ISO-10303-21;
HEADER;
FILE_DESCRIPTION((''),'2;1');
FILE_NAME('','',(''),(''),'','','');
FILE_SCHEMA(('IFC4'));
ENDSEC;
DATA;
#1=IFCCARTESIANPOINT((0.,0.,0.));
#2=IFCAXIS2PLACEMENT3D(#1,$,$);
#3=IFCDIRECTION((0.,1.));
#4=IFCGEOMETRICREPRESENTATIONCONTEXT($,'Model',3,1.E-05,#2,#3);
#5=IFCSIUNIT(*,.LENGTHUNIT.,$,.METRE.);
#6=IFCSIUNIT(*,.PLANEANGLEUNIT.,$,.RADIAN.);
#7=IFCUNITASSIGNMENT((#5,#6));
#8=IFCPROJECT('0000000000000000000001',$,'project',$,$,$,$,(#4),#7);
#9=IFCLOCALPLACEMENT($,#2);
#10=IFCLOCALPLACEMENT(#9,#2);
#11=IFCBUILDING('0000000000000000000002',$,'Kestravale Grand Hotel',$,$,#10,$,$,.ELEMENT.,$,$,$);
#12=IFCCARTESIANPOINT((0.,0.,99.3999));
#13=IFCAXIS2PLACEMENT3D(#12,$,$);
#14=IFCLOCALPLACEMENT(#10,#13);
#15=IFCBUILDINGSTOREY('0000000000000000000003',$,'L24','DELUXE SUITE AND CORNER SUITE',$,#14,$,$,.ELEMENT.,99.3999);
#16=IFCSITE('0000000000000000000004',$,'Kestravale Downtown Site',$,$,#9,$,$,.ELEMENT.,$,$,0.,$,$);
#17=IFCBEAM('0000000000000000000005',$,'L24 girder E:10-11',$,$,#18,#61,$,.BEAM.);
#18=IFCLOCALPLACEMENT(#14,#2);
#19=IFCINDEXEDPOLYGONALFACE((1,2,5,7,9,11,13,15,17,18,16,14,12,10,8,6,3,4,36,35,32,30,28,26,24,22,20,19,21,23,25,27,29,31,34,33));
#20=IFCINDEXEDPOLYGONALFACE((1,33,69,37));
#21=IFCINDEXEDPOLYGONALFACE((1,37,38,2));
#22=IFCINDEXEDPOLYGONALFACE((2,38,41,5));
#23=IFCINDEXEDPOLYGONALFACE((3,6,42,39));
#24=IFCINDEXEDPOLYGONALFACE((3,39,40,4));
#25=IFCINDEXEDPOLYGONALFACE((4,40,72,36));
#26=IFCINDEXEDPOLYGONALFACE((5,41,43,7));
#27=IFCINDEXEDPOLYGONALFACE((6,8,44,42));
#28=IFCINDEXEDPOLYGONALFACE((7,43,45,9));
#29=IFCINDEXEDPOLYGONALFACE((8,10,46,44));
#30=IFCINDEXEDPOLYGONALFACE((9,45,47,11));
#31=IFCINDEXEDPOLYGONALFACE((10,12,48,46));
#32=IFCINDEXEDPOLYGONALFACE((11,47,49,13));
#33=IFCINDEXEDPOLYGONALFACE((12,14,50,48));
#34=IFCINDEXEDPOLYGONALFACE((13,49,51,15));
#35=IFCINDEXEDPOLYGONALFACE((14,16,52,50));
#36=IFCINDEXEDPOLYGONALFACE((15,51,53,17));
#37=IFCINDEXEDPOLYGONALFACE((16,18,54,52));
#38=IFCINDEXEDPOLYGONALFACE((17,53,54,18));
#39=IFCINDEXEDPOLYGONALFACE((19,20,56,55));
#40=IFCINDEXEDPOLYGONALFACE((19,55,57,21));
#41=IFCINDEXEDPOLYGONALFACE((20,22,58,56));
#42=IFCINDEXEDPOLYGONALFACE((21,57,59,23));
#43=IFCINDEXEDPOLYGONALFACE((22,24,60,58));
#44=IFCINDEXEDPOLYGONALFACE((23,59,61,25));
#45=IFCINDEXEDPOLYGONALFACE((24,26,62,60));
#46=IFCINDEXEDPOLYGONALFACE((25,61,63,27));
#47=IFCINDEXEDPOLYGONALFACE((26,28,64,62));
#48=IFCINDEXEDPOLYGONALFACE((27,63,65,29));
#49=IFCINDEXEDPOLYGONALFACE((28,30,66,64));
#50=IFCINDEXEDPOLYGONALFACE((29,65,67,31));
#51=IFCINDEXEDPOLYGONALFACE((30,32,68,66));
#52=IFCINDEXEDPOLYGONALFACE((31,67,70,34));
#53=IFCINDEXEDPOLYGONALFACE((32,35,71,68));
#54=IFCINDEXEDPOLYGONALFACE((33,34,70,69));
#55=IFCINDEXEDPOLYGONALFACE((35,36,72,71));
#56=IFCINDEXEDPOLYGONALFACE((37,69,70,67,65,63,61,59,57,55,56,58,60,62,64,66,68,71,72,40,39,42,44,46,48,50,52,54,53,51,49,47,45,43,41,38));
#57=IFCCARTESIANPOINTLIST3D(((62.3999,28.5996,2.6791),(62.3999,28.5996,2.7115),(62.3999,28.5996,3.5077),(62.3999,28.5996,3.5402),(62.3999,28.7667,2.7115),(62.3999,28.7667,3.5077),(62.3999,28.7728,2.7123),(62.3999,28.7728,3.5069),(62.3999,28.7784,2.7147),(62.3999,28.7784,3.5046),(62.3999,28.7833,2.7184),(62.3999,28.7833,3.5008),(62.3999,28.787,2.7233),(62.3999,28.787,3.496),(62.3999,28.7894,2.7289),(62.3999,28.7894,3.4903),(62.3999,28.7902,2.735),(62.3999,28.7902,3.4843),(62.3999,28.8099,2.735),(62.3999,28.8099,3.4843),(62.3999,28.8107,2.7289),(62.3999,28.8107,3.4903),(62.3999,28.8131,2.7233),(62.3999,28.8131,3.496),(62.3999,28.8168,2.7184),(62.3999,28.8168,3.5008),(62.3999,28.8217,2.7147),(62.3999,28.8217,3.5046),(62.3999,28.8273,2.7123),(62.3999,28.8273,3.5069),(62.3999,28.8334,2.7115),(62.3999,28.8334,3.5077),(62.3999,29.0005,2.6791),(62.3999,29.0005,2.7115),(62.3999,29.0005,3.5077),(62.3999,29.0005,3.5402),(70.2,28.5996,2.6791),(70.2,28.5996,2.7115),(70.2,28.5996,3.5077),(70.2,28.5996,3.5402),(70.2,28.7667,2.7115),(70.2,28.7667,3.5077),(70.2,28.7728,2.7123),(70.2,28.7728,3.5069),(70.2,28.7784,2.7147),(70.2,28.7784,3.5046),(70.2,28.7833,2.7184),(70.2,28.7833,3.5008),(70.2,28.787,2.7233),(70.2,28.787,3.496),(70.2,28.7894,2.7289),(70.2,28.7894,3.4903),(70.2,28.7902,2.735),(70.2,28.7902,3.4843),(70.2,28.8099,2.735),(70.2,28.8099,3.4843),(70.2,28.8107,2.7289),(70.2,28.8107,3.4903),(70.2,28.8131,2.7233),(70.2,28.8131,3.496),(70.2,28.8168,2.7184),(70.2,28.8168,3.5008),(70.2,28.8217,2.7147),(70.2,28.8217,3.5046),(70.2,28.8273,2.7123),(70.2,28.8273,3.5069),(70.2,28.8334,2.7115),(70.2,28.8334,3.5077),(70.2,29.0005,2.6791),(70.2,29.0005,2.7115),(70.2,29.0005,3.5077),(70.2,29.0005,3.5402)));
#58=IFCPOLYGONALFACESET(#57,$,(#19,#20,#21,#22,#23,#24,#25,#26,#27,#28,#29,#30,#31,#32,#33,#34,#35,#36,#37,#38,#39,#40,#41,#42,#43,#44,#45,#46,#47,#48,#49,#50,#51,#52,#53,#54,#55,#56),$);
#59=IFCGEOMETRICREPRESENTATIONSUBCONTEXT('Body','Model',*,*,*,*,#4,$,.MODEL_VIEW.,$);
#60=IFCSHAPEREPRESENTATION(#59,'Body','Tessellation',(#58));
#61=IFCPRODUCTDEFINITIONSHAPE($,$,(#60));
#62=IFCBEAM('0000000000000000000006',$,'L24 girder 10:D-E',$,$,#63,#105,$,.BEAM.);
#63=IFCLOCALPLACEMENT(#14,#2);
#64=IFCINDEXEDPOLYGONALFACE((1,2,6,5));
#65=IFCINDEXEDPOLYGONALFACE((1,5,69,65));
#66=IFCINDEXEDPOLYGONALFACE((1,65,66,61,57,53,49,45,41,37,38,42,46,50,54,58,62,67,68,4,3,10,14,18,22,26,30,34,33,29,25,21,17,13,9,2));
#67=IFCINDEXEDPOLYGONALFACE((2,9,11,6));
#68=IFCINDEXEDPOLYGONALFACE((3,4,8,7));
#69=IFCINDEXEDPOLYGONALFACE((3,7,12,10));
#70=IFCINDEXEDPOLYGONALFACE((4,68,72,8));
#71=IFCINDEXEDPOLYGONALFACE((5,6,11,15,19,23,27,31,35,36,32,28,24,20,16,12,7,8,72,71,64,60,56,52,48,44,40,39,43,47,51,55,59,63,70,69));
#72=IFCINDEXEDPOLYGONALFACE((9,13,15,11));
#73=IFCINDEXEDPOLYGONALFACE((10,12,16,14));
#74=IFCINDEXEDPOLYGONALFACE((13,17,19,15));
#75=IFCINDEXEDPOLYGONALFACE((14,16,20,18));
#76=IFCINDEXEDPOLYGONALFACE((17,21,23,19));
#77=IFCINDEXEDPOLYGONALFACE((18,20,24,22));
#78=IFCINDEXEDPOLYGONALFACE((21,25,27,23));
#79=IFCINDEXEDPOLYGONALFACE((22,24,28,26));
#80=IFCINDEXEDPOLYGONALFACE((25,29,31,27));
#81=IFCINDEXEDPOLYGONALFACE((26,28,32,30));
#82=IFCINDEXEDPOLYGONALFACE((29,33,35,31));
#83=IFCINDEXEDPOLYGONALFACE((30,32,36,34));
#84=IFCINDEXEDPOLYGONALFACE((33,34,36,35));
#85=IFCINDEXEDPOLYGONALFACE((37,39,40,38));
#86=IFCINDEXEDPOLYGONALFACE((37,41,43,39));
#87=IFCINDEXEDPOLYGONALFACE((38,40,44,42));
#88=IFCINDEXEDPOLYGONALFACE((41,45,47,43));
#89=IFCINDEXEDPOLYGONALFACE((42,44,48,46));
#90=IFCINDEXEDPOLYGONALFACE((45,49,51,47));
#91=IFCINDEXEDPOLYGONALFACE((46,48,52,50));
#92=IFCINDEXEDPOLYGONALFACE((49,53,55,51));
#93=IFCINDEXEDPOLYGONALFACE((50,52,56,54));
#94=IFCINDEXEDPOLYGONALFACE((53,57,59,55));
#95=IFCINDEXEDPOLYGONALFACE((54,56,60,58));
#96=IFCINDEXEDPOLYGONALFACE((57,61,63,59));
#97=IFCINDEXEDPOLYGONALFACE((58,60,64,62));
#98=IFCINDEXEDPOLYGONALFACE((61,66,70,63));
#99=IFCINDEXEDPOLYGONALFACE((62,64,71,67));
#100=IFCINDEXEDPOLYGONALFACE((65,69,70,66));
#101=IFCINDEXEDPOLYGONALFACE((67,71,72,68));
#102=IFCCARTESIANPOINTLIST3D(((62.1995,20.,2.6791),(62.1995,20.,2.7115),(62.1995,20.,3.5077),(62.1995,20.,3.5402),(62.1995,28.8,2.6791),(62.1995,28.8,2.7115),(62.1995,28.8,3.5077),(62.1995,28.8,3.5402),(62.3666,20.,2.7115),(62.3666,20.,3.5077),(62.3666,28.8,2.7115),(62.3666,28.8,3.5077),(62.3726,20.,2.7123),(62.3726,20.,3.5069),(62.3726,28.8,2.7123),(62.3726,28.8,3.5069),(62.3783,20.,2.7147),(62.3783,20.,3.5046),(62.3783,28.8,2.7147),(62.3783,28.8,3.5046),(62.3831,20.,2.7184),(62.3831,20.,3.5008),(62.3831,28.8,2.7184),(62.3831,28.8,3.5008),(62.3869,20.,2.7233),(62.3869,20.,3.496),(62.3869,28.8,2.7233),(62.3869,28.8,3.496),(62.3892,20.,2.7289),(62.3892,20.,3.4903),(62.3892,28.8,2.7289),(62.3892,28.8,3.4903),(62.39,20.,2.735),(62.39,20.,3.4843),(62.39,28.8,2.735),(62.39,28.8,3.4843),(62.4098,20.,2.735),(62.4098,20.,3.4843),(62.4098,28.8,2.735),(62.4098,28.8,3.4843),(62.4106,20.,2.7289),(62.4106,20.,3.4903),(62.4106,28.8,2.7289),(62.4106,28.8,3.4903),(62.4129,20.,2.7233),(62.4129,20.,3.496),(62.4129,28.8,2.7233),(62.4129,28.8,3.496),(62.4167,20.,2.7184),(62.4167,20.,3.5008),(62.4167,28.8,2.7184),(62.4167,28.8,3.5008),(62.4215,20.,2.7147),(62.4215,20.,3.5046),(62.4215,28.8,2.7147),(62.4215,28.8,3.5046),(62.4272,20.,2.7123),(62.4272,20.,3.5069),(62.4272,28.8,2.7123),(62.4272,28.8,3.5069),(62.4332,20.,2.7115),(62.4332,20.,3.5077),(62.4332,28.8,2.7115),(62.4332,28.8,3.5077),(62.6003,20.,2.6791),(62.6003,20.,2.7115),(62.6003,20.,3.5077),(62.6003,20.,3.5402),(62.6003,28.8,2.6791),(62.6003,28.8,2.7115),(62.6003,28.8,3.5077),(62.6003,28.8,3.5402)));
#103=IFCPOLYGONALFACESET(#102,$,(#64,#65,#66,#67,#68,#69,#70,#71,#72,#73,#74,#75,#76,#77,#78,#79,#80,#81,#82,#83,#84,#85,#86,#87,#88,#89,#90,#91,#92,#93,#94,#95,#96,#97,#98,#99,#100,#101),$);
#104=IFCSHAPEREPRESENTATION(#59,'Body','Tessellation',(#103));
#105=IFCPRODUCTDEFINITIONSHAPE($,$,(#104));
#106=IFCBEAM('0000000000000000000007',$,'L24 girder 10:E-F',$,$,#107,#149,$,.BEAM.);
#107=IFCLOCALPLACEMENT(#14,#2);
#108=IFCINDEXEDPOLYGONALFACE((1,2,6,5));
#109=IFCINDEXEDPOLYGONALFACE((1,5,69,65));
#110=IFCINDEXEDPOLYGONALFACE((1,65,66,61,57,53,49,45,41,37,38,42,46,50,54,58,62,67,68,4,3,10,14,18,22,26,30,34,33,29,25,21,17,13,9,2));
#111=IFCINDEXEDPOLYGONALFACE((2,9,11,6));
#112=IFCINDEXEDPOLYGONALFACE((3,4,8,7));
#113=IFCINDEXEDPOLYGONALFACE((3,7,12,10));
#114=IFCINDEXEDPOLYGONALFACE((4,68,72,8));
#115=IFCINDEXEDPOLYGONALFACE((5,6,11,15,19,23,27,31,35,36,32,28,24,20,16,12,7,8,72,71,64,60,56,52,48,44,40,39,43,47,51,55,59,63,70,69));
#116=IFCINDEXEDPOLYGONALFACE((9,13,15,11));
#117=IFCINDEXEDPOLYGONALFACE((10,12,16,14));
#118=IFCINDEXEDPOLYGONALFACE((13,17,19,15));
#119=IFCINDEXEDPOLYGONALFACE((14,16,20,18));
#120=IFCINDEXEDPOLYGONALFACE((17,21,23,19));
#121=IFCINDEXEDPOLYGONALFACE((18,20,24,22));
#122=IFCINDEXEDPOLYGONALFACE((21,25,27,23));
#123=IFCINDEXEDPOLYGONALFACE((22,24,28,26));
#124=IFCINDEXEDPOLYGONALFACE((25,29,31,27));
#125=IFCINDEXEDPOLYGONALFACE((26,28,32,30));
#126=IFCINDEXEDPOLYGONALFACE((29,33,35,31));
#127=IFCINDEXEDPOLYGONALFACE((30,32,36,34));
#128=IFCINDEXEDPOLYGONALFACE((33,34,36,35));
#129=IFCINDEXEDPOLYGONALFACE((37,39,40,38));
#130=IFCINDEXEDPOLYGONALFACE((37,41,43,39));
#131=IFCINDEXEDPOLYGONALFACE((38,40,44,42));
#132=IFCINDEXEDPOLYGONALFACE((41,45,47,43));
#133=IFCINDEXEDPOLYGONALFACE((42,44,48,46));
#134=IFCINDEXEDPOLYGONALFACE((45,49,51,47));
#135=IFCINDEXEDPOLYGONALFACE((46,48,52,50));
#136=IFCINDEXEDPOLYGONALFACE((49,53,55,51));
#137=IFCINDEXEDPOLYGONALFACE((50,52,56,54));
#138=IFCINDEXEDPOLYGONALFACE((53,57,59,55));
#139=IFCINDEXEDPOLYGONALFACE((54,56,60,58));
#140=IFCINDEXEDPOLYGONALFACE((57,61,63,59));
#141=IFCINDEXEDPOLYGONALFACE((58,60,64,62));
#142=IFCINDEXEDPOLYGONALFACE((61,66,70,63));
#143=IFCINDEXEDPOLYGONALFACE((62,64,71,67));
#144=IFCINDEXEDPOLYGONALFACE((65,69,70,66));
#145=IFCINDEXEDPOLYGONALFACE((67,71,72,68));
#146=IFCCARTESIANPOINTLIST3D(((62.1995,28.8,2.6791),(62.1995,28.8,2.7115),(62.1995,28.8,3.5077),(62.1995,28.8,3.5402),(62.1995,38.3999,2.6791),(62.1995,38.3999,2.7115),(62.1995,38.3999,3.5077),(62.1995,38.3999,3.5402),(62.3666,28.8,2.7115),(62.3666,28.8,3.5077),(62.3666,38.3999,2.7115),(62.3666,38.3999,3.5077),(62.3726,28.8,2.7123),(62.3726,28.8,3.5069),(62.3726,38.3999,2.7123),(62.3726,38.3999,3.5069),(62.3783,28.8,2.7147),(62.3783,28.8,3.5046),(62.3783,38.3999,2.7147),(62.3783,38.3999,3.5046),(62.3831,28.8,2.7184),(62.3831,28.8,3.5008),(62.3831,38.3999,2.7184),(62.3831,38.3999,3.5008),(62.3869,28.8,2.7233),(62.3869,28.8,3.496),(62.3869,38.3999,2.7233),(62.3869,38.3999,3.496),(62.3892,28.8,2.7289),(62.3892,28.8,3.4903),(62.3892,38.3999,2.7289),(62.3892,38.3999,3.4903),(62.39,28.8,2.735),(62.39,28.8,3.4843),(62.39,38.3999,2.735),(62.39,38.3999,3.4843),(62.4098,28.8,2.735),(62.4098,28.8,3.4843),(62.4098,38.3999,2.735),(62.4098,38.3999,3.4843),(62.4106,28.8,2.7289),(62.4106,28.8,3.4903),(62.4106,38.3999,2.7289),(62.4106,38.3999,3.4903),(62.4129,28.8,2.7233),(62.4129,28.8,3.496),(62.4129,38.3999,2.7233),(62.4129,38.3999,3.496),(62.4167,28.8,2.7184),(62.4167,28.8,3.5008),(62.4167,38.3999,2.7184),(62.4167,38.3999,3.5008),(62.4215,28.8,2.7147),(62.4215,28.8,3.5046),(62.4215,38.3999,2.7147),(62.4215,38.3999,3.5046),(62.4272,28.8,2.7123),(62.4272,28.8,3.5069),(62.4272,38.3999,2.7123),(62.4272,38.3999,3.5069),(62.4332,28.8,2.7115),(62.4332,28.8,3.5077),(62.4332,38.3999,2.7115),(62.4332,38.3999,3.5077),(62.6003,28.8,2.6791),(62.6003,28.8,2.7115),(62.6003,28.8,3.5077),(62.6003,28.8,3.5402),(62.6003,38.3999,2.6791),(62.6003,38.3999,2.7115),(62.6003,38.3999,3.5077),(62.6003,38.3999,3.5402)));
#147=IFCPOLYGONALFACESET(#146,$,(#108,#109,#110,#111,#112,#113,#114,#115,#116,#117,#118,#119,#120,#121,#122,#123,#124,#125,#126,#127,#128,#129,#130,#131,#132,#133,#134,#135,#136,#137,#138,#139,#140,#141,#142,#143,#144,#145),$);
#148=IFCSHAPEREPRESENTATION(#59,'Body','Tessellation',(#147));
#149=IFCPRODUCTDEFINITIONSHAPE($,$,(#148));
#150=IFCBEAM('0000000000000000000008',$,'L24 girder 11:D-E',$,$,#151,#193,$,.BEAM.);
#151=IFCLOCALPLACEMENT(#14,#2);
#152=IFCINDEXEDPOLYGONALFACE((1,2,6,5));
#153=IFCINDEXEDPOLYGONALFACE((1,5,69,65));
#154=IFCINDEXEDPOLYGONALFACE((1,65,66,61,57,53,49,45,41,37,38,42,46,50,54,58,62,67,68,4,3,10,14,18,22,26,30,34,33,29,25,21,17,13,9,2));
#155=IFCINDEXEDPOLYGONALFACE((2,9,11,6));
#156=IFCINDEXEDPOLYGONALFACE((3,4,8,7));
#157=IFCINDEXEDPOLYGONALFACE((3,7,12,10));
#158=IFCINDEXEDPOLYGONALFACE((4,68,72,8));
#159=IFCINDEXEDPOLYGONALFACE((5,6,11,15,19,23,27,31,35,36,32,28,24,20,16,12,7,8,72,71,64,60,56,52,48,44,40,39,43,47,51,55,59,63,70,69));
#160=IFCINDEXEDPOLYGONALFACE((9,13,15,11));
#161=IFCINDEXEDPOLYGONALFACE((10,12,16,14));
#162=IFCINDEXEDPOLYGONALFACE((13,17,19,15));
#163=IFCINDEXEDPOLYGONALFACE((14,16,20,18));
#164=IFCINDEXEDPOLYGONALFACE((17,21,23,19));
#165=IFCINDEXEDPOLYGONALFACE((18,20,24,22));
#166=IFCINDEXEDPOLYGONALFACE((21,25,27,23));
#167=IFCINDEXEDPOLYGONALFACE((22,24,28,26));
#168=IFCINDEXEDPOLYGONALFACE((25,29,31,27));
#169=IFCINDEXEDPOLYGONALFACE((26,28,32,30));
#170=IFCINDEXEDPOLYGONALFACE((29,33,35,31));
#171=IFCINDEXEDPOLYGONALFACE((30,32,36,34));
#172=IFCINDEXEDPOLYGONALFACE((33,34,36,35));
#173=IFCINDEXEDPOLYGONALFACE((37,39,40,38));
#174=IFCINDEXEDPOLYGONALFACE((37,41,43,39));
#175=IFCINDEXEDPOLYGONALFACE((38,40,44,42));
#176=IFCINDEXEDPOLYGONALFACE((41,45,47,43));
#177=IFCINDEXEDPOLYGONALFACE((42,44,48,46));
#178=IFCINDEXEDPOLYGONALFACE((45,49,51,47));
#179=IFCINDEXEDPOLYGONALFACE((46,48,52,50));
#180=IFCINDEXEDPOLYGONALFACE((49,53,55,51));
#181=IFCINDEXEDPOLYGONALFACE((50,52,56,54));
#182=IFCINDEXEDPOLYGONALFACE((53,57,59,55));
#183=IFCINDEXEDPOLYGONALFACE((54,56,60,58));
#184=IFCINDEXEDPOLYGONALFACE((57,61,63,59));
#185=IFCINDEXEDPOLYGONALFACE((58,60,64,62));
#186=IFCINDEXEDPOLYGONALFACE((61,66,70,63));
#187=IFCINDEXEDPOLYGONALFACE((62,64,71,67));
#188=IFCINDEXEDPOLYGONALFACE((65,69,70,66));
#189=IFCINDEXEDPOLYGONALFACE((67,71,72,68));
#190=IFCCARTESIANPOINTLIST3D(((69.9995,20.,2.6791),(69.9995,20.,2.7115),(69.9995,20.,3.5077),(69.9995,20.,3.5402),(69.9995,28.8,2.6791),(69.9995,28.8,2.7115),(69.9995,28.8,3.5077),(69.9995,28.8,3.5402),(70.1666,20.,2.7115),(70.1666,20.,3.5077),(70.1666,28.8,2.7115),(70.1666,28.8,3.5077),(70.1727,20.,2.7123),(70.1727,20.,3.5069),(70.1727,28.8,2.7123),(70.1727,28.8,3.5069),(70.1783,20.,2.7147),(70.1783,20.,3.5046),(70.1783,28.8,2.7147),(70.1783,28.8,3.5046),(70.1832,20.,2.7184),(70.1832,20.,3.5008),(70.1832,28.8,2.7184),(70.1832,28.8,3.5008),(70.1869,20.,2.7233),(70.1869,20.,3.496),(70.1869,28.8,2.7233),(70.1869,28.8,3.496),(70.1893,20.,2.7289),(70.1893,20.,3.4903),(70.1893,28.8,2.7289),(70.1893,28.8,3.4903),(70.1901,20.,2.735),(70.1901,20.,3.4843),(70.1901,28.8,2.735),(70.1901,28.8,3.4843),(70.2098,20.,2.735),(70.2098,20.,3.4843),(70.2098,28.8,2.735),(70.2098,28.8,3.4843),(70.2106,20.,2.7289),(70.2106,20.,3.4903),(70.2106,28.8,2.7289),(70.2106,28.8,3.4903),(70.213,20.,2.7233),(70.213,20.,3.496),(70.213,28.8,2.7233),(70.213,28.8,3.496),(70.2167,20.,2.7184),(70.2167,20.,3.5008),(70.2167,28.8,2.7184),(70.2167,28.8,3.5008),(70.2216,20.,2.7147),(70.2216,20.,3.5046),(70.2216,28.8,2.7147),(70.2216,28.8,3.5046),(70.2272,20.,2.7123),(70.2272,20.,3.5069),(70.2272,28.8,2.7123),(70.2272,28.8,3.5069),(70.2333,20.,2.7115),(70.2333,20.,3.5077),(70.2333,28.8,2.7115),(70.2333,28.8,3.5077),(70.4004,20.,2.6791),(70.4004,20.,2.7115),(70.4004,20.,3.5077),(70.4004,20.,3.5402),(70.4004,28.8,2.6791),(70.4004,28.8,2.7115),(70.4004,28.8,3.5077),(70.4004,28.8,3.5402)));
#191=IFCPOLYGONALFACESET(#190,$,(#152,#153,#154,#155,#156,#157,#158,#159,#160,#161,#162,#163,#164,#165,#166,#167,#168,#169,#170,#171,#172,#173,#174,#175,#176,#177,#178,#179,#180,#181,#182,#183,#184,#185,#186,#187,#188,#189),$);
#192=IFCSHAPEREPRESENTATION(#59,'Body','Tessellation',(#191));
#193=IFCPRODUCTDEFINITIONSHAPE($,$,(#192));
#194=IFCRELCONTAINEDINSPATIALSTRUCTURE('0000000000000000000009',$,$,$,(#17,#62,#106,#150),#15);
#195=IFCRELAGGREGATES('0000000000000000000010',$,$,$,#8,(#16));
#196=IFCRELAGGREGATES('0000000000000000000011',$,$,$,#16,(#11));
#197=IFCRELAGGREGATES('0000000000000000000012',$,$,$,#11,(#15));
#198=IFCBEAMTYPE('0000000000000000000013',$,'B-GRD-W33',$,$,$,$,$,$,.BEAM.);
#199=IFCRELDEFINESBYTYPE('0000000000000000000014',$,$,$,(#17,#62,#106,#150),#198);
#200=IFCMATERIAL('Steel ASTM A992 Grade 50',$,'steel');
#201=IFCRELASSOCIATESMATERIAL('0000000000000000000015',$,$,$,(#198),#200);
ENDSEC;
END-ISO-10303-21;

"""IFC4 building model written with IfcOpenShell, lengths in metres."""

from ifc_helpers import new_model, si_unit, direction, frame, origin, origin_2d, place, context, subcontext, project, spatial, i_section, extrude, material, material_profile, profile_set, type_object, element, save


model = new_model("IFC4")

# Units and contexts
model_context = context("Model", 3, precision=1e-05, world=origin(), true_north=direction((0.0, 1.0)))
body_context = subcontext(model_context, "Body", "Model", "MODEL_VIEW")
ifc_project = project(units=[si_unit("LENGTHUNIT", "METRE"), si_unit("PLANEANGLEUNIT", "RADIAN")], contexts=[model_context])

# Site, building, storey
site_placement = place(None, origin())
site = spatial("IfcSite", under=ifc_project, at=site_placement, Name="Kestravale Downtown Site", CompositionType="ELEMENT", RefElevation=0.0)
building_placement = place(site_placement, origin())
building = spatial("IfcBuilding", under=site, at=building_placement, Name="Kestravale Grand Hotel", CompositionType="ELEMENT")
storey_placement = place(building_placement, frame((0.0, 0.0, 99.3999)))
storey = spatial("IfcBuildingStorey", under=building, at=storey_placement, Name="L24", Description="DELUXE SUITE AND CORNER SUITE", CompositionType="ELEMENT", Elevation=99.3999)

# Beams
ifc_material_1 = material(Name="Steel ASTM A992 Grade 50", Category="steel")
ifc_material_profile_1 = material_profile(ifc_material_1, i_section(OverallWidth=0.4009, OverallDepth=0.8611, WebThickness=0.0198, FlangeThickness=0.0325, FilletRadius=0.0234, at=origin_2d()))
ifc_profile_set_1 = profile_set([ifc_material_profile_1], Name="Steel ASTM A992 Grade 50")
beam_type_1 = type_object("IfcBeamType", Name="B-GRD-W33", PredefinedType="BEAM", material=ifc_profile_set_1)
for number, where, z_axis, x_axis, name in (
    (1, (62.3999, 28.8, 3.1096), (1.0, 0.0, 0.0), (0.0, 1.0, 0.0), "L24 girder E:10-11"),
):
    element("IfcBeam", number, at=place(storey_placement, frame(where, z_axis=z_axis, x_axis=x_axis)), inside=storey, type_object=beam_type_1, Name=name, PredefinedType="BEAM", context=body_context, shape_type="SweptSolid", body=[
        extrude(i_section(OverallWidth=0.4009, OverallDepth=0.8611, WebThickness=0.0198, FlangeThickness=0.0325, FilletRadius=0.0234, at=origin_2d()), origin(), (0.0, 0.0, 1.0), 7.8),
    ])
beam_1_placement = place(storey_placement, frame((62.3999, 20.0, 3.1096), z_axis=(0.0, 1.0, 0.0), x_axis=(-1.0, 0.0, 0.0)))
element("IfcBeam", 2, at=beam_1_placement, inside=storey, type_object=beam_type_1, Name="L24 girder 10:D-E", PredefinedType="BEAM", context=body_context, shape_type="SweptSolid", body=[
    extrude(i_section(OverallWidth=0.4009, OverallDepth=0.8611, WebThickness=0.0198, FlangeThickness=0.0325, FilletRadius=0.0234, at=origin_2d()), origin(), (0.0, 0.0, 1.0), 8.8),
])
beam_2_placement = place(storey_placement, frame((62.3999, 28.8, 3.1096), z_axis=(0.0, 1.0, 0.0), x_axis=(-1.0, 0.0, 0.0)))
element("IfcBeam", 3, at=beam_2_placement, inside=storey, type_object=beam_type_1, Name="L24 girder 10:E-F", PredefinedType="BEAM", context=body_context, shape_type="SweptSolid", body=[
    extrude(i_section(OverallWidth=0.4009, OverallDepth=0.8611, WebThickness=0.0198, FlangeThickness=0.0325, FilletRadius=0.0234, at=origin_2d()), origin(), (0.0, 0.0, 1.0), 9.5999),
])
beam_3_placement = place(storey_placement, frame((70.2, 20.0, 3.1096), z_axis=(0.0, 1.0, 0.0), x_axis=(-1.0, 0.0, 0.0)))
element("IfcBeam", 4, at=beam_3_placement, inside=storey, type_object=beam_type_1, Name="L24 girder 11:D-E", PredefinedType="BEAM", context=body_context, shape_type="SweptSolid", body=[
    extrude(i_section(OverallWidth=0.4009, OverallDepth=0.8611, WebThickness=0.0198, FlangeThickness=0.0325, FilletRadius=0.0234, at=origin_2d()), origin(), (0.0, 0.0, 1.0), 8.8),
])

save(model, "model.ifc")
